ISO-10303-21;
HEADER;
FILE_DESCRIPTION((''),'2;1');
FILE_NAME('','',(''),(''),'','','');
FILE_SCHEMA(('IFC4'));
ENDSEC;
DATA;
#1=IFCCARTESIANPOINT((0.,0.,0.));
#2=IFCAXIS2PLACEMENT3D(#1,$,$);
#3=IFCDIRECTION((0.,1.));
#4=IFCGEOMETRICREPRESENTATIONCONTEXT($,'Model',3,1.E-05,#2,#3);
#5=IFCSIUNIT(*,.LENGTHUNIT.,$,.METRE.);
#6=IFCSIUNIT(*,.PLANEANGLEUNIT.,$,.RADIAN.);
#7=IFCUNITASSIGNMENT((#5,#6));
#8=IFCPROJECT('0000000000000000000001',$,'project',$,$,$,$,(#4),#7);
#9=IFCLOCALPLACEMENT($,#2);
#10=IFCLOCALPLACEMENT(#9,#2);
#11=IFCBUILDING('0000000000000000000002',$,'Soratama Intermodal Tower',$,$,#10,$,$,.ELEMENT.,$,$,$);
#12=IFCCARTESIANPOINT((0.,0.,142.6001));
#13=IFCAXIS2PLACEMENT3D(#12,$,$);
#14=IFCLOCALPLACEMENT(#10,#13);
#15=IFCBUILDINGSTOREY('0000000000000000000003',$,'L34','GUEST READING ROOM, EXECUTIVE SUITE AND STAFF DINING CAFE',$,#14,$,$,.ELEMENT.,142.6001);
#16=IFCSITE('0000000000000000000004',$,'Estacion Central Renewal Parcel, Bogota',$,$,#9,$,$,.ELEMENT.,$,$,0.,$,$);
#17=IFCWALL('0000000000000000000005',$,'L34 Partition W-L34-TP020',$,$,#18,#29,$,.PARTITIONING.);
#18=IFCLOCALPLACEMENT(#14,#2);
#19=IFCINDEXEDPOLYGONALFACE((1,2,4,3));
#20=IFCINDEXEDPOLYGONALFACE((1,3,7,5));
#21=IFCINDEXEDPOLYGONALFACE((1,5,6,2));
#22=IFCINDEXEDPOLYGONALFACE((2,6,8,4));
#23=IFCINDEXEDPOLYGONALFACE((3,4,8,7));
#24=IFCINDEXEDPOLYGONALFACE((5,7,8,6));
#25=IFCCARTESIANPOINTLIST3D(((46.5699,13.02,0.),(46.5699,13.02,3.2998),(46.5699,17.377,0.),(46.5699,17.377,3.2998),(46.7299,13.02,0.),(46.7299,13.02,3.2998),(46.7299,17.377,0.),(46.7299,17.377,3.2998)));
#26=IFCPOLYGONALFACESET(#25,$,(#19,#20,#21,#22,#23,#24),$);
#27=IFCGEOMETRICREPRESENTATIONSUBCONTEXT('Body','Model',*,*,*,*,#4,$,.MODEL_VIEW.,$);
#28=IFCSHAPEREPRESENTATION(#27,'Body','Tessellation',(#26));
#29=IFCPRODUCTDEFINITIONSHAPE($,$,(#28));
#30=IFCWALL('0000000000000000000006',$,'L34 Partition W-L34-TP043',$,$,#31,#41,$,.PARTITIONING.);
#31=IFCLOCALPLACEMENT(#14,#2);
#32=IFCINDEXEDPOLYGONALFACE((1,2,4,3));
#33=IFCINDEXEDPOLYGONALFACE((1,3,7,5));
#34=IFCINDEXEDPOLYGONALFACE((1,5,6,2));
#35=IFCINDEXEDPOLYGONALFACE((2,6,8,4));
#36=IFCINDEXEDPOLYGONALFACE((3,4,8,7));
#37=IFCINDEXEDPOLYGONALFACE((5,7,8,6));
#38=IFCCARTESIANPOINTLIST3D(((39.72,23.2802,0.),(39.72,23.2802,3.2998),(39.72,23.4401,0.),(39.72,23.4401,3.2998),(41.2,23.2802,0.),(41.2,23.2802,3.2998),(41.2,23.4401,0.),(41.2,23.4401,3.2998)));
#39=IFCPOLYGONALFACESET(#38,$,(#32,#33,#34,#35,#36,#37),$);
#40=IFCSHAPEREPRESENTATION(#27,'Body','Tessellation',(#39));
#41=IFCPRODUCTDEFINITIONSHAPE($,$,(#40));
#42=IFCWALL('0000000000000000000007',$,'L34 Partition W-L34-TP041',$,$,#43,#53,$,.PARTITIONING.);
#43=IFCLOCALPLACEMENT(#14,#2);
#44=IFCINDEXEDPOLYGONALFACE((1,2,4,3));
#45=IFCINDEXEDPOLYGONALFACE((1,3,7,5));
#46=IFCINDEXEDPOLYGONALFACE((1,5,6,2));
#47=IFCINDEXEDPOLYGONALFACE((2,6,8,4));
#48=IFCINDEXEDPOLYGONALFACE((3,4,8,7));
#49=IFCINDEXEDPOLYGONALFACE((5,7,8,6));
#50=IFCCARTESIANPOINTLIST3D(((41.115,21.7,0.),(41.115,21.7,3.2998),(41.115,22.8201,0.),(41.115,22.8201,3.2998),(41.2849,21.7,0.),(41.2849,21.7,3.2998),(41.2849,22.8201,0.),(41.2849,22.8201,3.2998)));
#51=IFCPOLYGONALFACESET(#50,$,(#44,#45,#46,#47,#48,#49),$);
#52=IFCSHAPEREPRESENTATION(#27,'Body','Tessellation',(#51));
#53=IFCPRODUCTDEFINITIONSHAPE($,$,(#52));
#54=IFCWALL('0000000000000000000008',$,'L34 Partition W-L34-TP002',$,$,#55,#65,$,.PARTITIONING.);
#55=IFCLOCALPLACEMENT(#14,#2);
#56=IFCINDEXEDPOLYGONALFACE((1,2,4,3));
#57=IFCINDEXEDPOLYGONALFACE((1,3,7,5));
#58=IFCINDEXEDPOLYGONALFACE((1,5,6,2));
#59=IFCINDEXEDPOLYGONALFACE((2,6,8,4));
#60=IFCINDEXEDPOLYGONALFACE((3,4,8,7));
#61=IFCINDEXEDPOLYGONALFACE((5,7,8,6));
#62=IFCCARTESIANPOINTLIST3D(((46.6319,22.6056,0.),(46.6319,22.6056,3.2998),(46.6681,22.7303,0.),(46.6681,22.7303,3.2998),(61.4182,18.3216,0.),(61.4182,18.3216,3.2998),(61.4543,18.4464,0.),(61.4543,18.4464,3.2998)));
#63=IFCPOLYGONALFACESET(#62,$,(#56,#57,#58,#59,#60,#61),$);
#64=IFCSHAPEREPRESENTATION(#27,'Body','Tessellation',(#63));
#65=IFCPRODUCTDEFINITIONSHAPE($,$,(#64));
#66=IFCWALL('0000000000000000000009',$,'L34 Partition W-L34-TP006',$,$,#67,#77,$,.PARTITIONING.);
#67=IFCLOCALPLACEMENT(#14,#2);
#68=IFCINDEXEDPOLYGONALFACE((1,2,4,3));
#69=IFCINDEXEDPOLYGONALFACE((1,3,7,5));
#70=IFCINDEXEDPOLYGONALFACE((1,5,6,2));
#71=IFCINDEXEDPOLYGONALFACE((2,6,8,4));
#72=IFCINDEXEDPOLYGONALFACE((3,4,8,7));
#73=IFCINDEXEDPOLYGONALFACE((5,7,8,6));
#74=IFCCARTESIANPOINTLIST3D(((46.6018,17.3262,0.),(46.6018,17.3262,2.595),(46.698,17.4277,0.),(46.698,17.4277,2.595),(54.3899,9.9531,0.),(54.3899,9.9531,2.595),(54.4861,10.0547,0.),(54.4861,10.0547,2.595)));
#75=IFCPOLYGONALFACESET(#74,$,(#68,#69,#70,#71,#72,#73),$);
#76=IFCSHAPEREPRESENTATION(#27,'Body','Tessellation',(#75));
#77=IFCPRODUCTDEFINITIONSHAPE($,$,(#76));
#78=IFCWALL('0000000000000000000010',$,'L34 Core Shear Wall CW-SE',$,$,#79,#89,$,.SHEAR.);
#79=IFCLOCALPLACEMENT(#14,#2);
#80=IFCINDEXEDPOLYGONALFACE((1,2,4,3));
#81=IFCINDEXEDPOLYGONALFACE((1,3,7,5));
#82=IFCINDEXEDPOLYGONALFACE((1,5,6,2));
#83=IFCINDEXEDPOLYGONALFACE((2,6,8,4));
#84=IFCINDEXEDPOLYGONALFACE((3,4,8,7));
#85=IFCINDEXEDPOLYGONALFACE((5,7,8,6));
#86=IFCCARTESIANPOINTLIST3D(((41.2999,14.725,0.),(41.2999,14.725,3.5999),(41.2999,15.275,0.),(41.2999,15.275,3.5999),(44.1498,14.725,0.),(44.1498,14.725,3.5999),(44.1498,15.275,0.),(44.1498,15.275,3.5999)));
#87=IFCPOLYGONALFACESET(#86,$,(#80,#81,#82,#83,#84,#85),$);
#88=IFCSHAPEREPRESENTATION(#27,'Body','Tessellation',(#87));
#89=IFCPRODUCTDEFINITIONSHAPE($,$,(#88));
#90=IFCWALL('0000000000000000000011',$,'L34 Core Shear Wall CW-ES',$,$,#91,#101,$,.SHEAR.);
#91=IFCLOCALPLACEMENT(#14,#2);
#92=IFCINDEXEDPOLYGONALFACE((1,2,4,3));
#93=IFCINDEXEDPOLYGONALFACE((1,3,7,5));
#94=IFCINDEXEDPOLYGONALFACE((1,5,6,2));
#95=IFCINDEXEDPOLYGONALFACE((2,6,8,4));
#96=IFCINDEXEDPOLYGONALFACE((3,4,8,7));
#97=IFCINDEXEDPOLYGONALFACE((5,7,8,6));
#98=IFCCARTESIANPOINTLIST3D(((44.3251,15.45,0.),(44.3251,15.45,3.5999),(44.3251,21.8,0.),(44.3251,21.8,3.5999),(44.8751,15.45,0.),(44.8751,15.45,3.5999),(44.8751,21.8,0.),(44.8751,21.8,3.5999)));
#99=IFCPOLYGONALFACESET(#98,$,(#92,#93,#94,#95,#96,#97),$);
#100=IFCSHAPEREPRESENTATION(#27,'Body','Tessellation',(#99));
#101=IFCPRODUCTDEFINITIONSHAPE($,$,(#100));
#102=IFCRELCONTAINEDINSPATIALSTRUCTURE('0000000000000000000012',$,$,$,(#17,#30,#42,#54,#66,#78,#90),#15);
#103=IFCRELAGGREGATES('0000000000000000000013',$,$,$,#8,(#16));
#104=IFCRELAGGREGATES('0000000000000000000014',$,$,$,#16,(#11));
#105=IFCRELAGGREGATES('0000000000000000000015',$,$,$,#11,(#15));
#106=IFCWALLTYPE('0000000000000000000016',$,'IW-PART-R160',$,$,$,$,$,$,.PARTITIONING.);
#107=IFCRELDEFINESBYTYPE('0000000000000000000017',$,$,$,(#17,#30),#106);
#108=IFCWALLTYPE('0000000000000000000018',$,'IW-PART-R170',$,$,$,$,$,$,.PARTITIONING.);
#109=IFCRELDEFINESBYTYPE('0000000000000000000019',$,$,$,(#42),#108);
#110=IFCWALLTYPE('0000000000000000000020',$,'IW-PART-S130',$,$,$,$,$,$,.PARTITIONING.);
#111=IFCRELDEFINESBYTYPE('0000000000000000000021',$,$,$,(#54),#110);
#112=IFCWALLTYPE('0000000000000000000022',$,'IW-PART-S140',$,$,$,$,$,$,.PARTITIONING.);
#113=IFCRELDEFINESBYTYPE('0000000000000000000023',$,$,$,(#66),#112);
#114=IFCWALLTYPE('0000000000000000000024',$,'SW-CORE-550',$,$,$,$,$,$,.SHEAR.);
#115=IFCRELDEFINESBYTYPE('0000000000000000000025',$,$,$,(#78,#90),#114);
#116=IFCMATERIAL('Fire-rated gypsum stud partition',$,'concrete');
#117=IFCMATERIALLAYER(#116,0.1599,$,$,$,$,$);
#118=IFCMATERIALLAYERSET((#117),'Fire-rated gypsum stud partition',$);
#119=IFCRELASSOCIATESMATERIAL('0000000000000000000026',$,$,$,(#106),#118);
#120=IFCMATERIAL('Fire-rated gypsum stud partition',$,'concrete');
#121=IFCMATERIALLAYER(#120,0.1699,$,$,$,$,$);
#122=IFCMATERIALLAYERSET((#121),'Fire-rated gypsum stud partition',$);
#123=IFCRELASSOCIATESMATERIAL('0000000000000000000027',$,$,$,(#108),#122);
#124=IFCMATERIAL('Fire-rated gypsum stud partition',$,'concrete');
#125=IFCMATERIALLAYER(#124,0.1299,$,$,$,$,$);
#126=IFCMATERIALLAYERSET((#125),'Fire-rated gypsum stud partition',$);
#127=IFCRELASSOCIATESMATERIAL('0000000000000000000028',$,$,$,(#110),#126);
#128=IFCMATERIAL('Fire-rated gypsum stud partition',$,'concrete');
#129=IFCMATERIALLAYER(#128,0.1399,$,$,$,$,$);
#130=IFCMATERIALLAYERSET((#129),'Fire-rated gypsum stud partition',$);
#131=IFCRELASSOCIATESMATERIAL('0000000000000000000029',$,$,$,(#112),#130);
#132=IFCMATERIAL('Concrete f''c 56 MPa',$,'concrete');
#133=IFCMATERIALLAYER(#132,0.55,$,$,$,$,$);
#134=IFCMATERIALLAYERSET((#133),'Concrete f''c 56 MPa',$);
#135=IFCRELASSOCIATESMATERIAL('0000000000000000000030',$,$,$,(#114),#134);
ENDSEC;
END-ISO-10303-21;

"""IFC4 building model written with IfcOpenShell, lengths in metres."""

from ifc_helpers import new_model, si_unit, direction, frame, frame_2d, origin, place, context, subcontext, project, spatial, rectangle, extrude, material, layer, layer_set, type_object, element, save


model = new_model("IFC4")

# Units and contexts
model_context = context("Model", 3, precision=1e-05, world=origin(), true_north=direction((0.0, 1.0)))
body_context = subcontext(model_context, "Body", "Model", "MODEL_VIEW")
ifc_project = project(units=[si_unit("LENGTHUNIT", "METRE"), si_unit("PLANEANGLEUNIT", "RADIAN")], contexts=[model_context])

# Site, building, storey
site_placement = place(None, origin())
site = spatial("IfcSite", under=ifc_project, at=site_placement, Name="Estacion Central Renewal Parcel, Bogota", CompositionType="ELEMENT", RefElevation=0.0)
building_placement = place(site_placement, origin())
building = spatial("IfcBuilding", under=site, at=building_placement, Name="Soratama Intermodal Tower", CompositionType="ELEMENT")
storey_placement = place(building_placement, frame((0.0, 0.0, 142.6001)))
storey = spatial("IfcBuildingStorey", under=building, at=storey_placement, Name="L34", Description="GUEST READING ROOM, EXECUTIVE SUITE AND STAFF DINING CAFE", CompositionType="ELEMENT", Elevation=142.6001)

# Shared definitions
ifc_material_1 = material(Name="Fire-rated gypsum stud partition", Category="concrete")
ifc_layer_1 = layer(ifc_material_1, 0.1599)
ifc_layer_set_1 = layer_set([ifc_layer_1], Name="Fire-rated gypsum stud partition")
wall_type_1 = type_object("IfcWallType", Name="IW-PART-R160", PredefinedType="PARTITIONING", material=ifc_layer_set_1)

# Walls
wall_1_placement = place(storey_placement, frame((46.6499, 17.377, 0.0), z_axis=(0.0, 0.0, 1.0), x_axis=(0.0, -1.0, 0.0)))
element("IfcWall", 1, at=wall_1_placement, inside=storey, type_object=wall_type_1, Name="L34 Partition W-L34-TP020", PredefinedType="PARTITIONING", context=body_context, shape_type="SweptSolid", body=[
    extrude(rectangle(XDim=4.3569, YDim=0.1599, at=frame_2d((2.1785, 0.0))), origin(), (0.0, 0.0, 1.0), 3.2998),
])
wall_2_placement = place(storey_placement, frame((41.2, 23.3601, 0.0), z_axis=(0.0, 0.0, 1.0), x_axis=(-1.0, 0.0, 0.0)))
element("IfcWall", 2, at=wall_2_placement, inside=storey, type_object=wall_type_1, Name="L34 Partition W-L34-TP043", PredefinedType="PARTITIONING", context=body_context, shape_type="SweptSolid", body=[
    extrude(rectangle(XDim=1.48, YDim=0.1599, at=frame_2d((0.74, 0.0))), origin(), (0.0, 0.0, 1.0), 3.2998),
])

# Shared definitions
ifc_material_2 = material(Name="Fire-rated gypsum stud partition", Category="concrete")
ifc_layer_2 = layer(ifc_material_2, 0.1699)
ifc_layer_set_2 = layer_set([ifc_layer_2], Name="Fire-rated gypsum stud partition")
wall_type_2 = type_object("IfcWallType", Name="IW-PART-R170", PredefinedType="PARTITIONING", material=ifc_layer_set_2)

# Walls
wall_3_placement = place(storey_placement, frame((41.2, 21.7, 0.0), z_axis=(0.0, 0.0, 1.0), x_axis=(0.0, 1.0, 0.0)))
element("IfcWall", 3, at=wall_3_placement, inside=storey, type_object=wall_type_2, Name="L34 Partition W-L34-TP041", PredefinedType="PARTITIONING", context=body_context, shape_type="SweptSolid", body=[
    extrude(rectangle(XDim=1.1201, YDim=0.1699, at=frame_2d((0.5601, 0.0))), origin(), (0.0, 0.0, 1.0), 3.2998),
])
ifc_material_3 = material(Name="Fire-rated gypsum stud partition", Category="concrete")
ifc_layer_3 = layer(ifc_material_3, 0.1299)
ifc_layer_set_3 = layer_set([ifc_layer_3], Name="Fire-rated gypsum stud partition")
wall_type_3 = type_object("IfcWallType", Name="IW-PART-S130", PredefinedType="PARTITIONING", material=ifc_layer_set_3)
wall_4_placement = place(storey_placement, frame((46.6499, 22.668, 0.0), z_axis=(0.0, 0.0, 1.0), x_axis=(0.960499, -0.278282, 0.0)))
element("IfcWall", 4, at=wall_4_placement, inside=storey, type_object=wall_type_3, Name="L34 Partition W-L34-TP002", PredefinedType="PARTITIONING", context=body_context, shape_type="SweptSolid", body=[
    extrude(rectangle(XDim=15.3943, YDim=0.1299, at=frame_2d((7.6973, 0.0))), origin(), (0.0, 0.0, 1.0), 3.2998),
])
ifc_material_4 = material(Name="Fire-rated gypsum stud partition", Category="concrete")
ifc_layer_4 = layer(ifc_material_4, 0.1399)
ifc_layer_set_4 = layer_set([ifc_layer_4], Name="Fire-rated gypsum stud partition")
wall_type_4 = type_object("IfcWallType", Name="IW-PART-S140", PredefinedType="PARTITIONING", material=ifc_layer_set_4)
wall_5_placement = place(storey_placement, frame((46.6499, 17.377, 0.0), z_axis=(0.0, 0.0, 1.0), x_axis=(0.726192, -0.687492, 0.0)))
element("IfcWall", 5, at=wall_5_placement, inside=storey, type_object=wall_type_4, Name="L34 Partition W-L34-TP006", PredefinedType="PARTITIONING", context=body_context, shape_type="SweptSolid", body=[
    extrude(rectangle(XDim=10.7246, YDim=0.1399, at=frame_2d((5.3623, 0.0))), origin(), (0.0, 0.0, 1.0), 2.595),
])
ifc_material_5 = material(Name="Concrete f'c 56 MPa", Category="concrete")
ifc_layer_5 = layer(ifc_material_5, 0.55)
ifc_layer_set_5 = layer_set([ifc_layer_5], Name="Concrete f'c 56 MPa")
wall_type_5 = type_object("IfcWallType", Name="SW-CORE-550", PredefinedType="SHEAR", material=ifc_layer_set_5)
wall_6_placement = place(storey_placement, frame((41.3, 15.0, 0.0), z_axis=(0.0, 0.0, 1.0), x_axis=(1.0, 0.0, 0.0)))
element("IfcWall", 6, at=wall_6_placement, inside=storey, type_object=wall_type_5, Name="L34 Core Shear Wall CW-SE", PredefinedType="SHEAR", context=body_context, shape_type="SweptSolid", body=[
    extrude(rectangle(XDim=2.8499, YDim=0.55, at=frame_2d((1.4248, 0.0))), origin(), (0.0, 0.0, 1.0), 3.5999),
])
wall_7_placement = place(storey_placement, frame((44.6001, 15.45, 0.0), z_axis=(0.0, 0.0, 1.0), x_axis=(0.0, 1.0, 0.0)))
element("IfcWall", 7, at=wall_7_placement, inside=storey, type_object=wall_type_5, Name="L34 Core Shear Wall CW-ES", PredefinedType="SHEAR", context=body_context, shape_type="SweptSolid", body=[
    extrude(rectangle(XDim=6.3501, YDim=0.55, at=frame_2d((3.175, 0.0))), origin(), (0.0, 0.0, 1.0), 3.5999),
])

save(model, "model.ifc")
